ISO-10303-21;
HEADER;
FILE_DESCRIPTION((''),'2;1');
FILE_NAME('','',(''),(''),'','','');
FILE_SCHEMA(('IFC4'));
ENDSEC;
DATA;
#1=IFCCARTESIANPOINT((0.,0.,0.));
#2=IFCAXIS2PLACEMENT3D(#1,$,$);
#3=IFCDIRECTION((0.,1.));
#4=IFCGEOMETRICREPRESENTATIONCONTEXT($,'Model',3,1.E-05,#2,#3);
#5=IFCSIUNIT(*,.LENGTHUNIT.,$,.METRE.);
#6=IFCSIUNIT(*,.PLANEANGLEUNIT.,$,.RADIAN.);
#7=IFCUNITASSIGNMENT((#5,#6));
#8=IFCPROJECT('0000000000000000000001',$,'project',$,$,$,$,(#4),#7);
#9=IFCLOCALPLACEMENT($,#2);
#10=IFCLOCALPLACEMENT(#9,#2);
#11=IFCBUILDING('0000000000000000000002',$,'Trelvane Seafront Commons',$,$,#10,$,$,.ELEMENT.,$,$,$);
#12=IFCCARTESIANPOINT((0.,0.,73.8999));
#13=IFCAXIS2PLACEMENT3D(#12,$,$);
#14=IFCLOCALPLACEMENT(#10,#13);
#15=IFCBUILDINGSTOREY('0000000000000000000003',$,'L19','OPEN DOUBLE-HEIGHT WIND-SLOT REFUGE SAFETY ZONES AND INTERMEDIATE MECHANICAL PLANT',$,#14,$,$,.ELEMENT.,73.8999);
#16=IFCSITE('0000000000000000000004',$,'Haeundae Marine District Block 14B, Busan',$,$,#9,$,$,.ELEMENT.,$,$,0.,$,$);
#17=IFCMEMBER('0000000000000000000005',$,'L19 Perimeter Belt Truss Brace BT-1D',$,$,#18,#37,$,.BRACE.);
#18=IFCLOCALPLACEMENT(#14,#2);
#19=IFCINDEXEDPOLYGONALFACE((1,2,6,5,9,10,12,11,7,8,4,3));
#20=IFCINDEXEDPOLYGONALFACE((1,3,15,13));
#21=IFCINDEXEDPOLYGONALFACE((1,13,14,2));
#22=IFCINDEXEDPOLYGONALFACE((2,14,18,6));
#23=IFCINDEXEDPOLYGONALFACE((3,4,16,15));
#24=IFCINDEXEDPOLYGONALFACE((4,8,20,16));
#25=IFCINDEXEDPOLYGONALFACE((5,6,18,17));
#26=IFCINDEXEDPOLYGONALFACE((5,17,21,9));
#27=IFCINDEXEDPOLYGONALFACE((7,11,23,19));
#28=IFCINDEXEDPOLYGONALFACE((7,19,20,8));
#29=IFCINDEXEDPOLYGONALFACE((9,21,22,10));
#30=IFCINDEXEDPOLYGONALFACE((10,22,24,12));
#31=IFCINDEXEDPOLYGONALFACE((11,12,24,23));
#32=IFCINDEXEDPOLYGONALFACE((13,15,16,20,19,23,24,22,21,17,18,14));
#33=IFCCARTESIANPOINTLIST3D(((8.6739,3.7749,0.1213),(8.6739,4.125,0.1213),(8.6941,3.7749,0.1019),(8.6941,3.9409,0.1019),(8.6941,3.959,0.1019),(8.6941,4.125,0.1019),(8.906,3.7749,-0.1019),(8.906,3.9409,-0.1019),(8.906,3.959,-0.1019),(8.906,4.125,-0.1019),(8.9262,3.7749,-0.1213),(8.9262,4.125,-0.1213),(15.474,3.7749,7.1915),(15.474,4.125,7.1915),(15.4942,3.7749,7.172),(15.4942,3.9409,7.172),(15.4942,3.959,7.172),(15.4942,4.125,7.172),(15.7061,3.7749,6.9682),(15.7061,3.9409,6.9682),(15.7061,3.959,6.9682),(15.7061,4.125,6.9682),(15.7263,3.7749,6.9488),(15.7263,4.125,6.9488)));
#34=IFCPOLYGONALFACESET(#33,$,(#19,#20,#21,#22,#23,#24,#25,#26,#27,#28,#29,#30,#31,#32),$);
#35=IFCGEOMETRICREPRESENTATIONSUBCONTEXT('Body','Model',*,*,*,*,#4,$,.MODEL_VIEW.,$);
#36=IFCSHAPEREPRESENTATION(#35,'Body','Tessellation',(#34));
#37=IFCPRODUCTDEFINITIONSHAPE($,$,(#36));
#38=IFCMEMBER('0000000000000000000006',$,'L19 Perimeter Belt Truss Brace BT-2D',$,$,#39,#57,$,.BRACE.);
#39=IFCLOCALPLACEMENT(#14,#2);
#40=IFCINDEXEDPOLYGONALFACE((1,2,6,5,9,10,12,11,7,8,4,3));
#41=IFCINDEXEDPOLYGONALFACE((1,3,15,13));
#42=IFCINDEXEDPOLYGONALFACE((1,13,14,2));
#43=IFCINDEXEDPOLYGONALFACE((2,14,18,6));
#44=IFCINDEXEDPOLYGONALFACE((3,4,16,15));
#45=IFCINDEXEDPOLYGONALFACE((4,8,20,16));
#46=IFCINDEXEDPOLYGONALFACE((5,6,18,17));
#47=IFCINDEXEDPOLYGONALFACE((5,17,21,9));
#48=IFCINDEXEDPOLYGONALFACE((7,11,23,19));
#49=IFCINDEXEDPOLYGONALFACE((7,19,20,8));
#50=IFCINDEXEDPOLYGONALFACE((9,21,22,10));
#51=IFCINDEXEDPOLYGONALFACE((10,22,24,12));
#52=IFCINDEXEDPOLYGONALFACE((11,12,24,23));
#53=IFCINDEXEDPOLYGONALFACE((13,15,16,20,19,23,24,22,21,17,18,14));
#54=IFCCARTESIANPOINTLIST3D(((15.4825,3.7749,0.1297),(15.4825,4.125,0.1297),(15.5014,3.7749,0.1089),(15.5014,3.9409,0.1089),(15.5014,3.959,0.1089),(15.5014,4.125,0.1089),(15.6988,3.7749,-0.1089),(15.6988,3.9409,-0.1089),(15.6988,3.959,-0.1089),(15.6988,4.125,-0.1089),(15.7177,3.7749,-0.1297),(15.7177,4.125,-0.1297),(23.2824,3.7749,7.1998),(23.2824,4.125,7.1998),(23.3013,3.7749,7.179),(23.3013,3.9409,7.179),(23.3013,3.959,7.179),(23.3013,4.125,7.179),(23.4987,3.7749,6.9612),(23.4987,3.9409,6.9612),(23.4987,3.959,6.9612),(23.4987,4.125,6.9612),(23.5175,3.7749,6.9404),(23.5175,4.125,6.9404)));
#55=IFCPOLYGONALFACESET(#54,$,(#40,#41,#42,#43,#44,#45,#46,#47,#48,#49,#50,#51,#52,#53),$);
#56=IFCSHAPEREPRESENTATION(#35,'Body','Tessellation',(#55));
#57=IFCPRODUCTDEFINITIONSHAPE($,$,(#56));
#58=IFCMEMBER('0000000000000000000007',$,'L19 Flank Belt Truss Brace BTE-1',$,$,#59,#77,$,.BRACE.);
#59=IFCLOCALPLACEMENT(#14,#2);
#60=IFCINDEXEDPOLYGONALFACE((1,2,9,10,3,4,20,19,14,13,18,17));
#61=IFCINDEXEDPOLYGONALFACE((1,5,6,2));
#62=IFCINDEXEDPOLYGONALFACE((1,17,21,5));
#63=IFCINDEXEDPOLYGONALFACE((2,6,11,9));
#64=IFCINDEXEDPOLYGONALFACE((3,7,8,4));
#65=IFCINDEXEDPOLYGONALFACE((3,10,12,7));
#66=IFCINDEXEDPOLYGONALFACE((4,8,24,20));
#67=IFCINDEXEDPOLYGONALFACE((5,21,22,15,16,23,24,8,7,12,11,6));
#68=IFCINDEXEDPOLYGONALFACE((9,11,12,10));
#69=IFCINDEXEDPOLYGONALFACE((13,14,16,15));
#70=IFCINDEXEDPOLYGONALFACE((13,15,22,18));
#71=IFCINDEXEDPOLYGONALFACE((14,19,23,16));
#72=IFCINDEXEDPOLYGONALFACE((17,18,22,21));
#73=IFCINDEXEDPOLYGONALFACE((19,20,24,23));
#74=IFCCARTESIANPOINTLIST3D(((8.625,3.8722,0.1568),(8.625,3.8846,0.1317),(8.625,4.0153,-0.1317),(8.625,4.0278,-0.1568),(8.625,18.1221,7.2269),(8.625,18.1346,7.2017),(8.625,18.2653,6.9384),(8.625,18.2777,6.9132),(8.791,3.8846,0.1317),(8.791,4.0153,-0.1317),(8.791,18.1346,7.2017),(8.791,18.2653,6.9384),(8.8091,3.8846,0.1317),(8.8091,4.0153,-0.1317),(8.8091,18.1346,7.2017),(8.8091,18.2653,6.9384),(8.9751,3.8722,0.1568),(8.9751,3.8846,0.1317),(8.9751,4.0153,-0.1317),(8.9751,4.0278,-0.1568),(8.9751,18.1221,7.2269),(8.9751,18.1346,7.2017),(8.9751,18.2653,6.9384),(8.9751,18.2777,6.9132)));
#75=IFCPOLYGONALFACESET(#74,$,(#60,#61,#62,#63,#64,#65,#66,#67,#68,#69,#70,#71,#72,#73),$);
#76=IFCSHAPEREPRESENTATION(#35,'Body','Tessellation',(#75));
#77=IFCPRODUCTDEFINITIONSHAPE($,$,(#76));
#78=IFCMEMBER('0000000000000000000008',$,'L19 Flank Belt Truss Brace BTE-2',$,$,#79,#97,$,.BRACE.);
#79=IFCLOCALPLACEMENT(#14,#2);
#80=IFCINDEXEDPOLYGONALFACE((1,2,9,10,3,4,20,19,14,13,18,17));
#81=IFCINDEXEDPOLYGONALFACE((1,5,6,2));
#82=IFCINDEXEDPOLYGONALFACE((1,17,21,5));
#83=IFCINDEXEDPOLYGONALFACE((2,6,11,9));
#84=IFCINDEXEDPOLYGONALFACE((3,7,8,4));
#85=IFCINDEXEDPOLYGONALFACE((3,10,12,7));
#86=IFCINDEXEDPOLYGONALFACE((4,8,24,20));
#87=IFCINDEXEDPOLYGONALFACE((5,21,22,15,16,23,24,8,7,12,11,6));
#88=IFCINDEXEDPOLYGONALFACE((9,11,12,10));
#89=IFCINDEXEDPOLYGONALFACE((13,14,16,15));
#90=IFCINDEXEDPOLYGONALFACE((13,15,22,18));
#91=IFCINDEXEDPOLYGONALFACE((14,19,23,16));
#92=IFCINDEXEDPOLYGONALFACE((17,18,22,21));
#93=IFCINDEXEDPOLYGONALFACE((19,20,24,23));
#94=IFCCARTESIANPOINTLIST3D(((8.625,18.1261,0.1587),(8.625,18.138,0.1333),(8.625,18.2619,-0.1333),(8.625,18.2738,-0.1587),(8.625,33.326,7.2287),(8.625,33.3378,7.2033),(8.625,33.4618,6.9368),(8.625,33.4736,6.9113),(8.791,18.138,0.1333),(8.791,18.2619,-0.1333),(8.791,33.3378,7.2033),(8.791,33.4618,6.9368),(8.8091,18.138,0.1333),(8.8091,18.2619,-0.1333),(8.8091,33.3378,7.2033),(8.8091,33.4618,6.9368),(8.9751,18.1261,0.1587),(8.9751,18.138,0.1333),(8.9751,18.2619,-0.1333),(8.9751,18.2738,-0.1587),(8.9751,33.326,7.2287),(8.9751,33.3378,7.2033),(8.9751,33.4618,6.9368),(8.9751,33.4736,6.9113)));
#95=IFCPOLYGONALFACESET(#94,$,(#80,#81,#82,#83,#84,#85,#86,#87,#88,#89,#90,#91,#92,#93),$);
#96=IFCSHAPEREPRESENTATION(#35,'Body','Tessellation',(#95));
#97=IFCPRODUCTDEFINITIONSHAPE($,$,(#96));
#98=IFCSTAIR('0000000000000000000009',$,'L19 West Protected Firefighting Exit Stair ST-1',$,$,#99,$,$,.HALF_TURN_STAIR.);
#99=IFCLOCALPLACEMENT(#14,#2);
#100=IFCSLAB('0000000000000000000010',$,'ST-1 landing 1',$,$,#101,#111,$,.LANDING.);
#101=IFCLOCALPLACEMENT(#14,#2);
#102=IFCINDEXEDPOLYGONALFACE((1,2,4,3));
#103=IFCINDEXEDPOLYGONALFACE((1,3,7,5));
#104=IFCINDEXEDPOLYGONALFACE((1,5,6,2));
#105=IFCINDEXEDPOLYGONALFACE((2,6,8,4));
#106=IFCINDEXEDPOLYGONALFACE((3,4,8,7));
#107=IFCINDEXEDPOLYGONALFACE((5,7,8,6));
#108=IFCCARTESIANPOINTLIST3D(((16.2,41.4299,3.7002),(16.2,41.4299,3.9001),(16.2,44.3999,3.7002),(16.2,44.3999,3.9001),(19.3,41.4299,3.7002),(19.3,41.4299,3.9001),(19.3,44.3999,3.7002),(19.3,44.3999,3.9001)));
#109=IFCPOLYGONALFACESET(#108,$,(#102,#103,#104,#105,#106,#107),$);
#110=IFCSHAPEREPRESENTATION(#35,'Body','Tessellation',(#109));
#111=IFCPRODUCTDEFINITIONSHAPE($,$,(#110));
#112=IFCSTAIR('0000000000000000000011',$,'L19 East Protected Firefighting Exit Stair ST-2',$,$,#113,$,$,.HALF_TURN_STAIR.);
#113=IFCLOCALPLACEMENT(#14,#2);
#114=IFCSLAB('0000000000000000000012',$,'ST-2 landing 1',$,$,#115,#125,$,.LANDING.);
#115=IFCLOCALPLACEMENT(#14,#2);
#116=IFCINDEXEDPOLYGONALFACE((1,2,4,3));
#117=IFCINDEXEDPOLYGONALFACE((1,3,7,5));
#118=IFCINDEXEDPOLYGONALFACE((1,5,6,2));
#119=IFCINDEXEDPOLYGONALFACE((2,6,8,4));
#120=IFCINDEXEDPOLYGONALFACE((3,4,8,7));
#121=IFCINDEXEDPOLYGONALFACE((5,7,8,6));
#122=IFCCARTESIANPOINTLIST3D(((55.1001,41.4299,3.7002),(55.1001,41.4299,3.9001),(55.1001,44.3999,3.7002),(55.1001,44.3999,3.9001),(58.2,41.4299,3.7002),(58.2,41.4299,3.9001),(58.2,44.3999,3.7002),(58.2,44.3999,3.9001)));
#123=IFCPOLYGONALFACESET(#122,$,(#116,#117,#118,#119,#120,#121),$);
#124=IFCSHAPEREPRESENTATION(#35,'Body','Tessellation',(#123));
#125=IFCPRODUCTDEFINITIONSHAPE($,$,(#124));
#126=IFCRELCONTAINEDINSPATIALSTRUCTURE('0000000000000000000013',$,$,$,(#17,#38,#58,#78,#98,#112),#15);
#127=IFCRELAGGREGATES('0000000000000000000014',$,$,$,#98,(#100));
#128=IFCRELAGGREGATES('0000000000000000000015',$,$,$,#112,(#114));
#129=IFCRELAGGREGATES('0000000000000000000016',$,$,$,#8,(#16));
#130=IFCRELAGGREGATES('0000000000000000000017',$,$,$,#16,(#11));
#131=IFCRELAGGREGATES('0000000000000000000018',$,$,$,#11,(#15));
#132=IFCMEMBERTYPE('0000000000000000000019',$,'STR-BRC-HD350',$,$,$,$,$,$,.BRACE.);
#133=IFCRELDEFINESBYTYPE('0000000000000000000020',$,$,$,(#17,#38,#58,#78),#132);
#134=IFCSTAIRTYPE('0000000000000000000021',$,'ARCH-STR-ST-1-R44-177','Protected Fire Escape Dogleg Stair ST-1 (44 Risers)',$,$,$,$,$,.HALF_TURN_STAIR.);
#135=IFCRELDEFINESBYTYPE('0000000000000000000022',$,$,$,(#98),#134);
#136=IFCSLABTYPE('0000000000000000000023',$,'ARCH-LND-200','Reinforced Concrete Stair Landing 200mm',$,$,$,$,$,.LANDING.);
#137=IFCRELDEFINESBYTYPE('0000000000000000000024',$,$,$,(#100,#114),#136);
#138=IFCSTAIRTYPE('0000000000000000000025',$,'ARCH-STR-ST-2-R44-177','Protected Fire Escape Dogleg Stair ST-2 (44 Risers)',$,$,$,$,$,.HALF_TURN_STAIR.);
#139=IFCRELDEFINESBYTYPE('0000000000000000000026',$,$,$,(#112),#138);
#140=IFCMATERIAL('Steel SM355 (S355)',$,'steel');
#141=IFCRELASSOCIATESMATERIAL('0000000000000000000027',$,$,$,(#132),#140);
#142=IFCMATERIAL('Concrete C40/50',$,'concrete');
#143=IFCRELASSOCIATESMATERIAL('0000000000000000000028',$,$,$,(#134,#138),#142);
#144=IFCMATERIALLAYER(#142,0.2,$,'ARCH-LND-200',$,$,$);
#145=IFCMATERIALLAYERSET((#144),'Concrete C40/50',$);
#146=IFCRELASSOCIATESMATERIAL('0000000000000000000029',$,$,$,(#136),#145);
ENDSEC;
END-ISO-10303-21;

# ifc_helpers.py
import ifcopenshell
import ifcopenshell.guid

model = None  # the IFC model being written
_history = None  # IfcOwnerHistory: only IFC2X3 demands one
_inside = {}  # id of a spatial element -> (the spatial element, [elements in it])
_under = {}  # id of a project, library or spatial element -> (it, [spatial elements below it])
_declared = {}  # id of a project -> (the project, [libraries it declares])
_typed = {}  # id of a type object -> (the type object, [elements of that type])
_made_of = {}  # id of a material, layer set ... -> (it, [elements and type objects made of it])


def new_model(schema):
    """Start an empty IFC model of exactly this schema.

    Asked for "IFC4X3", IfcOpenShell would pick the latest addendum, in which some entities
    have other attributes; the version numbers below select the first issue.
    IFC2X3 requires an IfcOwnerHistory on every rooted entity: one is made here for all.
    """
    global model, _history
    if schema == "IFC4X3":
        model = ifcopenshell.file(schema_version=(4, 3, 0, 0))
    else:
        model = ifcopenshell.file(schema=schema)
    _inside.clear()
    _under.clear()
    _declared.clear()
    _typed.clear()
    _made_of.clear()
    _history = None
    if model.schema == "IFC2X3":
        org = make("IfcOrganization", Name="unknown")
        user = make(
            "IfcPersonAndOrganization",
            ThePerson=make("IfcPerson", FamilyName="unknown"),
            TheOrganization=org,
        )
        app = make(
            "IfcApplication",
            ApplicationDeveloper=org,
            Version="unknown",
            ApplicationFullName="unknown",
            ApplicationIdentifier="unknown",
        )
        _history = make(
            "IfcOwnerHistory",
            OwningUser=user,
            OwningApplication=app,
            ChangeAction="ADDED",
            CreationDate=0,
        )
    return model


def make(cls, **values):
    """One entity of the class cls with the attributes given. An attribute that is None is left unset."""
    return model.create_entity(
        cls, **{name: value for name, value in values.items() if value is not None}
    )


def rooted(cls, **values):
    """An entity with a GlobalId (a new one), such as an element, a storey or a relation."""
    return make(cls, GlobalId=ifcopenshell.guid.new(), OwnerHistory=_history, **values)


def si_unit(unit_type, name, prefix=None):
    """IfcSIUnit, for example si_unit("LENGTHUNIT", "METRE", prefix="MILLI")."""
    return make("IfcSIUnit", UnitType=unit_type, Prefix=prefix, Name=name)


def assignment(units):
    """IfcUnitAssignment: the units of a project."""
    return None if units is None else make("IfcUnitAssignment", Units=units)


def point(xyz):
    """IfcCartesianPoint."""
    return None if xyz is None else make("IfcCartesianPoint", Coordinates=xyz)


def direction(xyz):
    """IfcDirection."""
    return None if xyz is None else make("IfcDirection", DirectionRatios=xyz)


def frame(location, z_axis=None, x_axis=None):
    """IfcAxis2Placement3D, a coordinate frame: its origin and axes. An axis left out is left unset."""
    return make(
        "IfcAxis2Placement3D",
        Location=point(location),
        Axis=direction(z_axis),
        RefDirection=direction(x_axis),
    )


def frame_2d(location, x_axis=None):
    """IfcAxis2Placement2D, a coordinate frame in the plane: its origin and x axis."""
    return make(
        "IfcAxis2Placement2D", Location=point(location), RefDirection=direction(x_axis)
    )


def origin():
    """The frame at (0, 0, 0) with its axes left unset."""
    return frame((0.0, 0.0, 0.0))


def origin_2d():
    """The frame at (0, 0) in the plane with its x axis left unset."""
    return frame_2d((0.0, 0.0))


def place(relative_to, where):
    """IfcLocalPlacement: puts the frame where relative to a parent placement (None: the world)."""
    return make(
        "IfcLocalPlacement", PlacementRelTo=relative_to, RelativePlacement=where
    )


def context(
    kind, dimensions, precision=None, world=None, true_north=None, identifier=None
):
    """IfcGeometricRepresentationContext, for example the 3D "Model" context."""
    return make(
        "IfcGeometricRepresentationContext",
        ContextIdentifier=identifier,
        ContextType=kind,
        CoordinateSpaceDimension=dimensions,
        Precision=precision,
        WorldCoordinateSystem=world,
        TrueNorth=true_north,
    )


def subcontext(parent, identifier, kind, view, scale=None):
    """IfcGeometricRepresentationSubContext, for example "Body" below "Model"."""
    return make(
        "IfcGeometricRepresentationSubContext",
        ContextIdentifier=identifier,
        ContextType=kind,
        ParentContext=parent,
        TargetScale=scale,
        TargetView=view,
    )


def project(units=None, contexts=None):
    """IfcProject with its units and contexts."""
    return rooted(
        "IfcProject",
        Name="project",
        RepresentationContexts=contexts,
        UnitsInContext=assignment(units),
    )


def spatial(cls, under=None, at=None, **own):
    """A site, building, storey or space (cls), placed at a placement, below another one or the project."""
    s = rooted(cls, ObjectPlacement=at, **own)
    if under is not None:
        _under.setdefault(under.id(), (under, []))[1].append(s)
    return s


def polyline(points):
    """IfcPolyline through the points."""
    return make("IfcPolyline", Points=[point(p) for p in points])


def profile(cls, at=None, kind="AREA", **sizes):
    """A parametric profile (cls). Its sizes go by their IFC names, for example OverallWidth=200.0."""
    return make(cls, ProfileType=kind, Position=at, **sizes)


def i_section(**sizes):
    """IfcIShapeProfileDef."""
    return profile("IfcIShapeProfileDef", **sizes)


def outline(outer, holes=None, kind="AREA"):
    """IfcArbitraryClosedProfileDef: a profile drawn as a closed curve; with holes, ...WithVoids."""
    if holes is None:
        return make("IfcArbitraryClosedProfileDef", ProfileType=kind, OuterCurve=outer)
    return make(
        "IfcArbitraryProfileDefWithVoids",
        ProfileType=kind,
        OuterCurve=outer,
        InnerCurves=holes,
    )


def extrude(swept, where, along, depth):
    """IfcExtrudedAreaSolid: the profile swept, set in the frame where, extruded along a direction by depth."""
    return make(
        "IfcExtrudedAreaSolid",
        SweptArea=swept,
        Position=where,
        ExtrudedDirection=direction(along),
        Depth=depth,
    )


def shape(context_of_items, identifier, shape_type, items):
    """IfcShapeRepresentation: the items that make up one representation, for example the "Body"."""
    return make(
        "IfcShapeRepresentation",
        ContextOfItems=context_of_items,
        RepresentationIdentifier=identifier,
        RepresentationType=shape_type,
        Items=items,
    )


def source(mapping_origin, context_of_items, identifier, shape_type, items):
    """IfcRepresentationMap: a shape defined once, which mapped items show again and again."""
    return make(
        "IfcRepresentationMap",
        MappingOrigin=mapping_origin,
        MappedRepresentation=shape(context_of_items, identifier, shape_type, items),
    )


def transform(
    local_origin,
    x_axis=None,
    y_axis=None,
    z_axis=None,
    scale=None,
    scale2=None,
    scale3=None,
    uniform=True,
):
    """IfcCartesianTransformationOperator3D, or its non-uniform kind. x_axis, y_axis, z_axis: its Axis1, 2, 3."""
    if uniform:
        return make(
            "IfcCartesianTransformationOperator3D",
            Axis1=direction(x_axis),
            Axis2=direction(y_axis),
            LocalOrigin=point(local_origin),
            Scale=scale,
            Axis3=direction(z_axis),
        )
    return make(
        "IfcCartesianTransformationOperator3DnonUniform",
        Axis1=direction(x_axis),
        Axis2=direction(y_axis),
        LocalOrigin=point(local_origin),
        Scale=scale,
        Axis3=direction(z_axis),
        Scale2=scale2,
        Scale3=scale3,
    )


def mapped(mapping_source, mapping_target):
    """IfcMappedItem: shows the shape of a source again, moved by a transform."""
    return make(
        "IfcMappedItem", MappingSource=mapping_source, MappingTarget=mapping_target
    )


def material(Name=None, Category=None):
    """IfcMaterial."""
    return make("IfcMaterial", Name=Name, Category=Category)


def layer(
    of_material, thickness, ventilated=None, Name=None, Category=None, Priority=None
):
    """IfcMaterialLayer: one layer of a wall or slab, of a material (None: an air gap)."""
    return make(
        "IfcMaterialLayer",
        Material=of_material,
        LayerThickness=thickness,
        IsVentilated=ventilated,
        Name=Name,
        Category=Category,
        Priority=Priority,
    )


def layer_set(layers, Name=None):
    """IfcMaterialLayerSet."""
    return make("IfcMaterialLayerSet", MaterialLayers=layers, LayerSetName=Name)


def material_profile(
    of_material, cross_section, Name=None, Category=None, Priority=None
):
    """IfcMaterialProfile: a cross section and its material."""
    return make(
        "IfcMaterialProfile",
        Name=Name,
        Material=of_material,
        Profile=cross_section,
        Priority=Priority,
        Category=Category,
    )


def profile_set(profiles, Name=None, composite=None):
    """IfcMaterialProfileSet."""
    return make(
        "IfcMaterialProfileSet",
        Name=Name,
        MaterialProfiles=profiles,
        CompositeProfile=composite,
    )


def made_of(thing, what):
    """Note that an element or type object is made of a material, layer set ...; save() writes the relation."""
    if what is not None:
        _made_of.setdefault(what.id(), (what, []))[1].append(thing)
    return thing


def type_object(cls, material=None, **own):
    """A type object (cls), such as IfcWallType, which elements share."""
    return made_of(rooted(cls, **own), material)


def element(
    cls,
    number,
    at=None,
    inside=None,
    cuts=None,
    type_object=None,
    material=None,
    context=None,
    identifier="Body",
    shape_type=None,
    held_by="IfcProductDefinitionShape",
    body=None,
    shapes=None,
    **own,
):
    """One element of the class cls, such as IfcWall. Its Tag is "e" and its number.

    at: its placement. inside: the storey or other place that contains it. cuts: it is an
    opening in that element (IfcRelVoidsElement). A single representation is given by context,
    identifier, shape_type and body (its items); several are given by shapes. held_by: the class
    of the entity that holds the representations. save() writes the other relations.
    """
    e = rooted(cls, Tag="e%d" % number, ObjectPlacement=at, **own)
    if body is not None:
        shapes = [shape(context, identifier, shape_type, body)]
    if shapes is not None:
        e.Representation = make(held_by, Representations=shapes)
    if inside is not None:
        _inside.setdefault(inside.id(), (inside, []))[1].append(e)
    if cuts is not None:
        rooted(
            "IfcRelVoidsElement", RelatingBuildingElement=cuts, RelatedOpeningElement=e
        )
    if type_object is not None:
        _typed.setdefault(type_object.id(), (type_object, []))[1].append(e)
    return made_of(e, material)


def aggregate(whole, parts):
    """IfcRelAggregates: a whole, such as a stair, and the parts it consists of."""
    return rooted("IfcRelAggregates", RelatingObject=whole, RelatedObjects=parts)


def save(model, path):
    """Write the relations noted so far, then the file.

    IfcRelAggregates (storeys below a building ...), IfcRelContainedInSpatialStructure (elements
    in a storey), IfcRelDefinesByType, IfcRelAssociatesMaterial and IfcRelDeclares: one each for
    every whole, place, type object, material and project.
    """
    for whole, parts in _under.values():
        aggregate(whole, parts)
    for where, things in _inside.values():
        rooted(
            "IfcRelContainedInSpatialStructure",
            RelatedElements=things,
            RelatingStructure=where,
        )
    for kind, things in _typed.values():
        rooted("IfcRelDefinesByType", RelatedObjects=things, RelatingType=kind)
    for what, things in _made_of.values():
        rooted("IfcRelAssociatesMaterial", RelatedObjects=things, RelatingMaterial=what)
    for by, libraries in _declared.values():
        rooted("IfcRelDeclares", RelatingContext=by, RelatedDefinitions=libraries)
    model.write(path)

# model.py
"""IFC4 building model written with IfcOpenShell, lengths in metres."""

from ifc_helpers import new_model, si_unit, direction, frame, origin, origin_2d, place, context, subcontext, project, spatial, polyline, i_section, outline, extrude, source, transform, mapped, material, layer, layer_set, material_profile, profile_set, type_object, element, aggregate, save


model = new_model("IFC4")

# Units and contexts
model_context = context("Model", 3, precision=1e-05, world=origin(), true_north=direction((0.0, 1.0)))
body_context = subcontext(model_context, "Body", "Model", "MODEL_VIEW")
ifc_project = project(units=[si_unit("LENGTHUNIT", "METRE"), si_unit("PLANEANGLEUNIT", "RADIAN")], contexts=[model_context])

# Site, building, storey
site_placement = place(None, origin())
site = spatial("IfcSite", under=ifc_project, at=site_placement, Name="Haeundae Marine District Block 14B, Busan", CompositionType="ELEMENT", RefElevation=0.0)
building_placement = place(site_placement, origin())
building = spatial("IfcBuilding", under=site, at=building_placement, Name="Trelvane Seafront Commons", CompositionType="ELEMENT")
storey_placement = place(building_placement, frame((0.0, 0.0, 73.8999)))
storey = spatial("IfcBuildingStorey", under=building, at=storey_placement, Name="L19", Description="OPEN DOUBLE-HEIGHT WIND-SLOT REFUGE SAFETY ZONES AND INTERMEDIATE MECHANICAL PLANT", CompositionType="ELEMENT", Elevation=73.8999)

# Shared definitions
ifc_material_1 = material(Name="Steel SM355 (S355)", Category="steel")

# Members
ifc_material_profile_1 = material_profile(ifc_material_1, i_section(OverallWidth=0.3501, OverallDepth=0.3501, WebThickness=0.0181, FlangeThickness=0.0281, at=origin_2d()), Name="HD-350x350x18x28")
ifc_profile_set_1 = profile_set([ifc_material_profile_1], Name="Steel SM355 (S355)")
member_type_1 = type_object("IfcMemberType", Name="STR-BRC-HD350", PredefinedType="BRACE", material=ifc_profile_set_1)
shared_shape_1 = source(origin(), body_context, "Body", "SweptSolid", [
    extrude(i_section(OverallWidth=0.3501, OverallDepth=0.3501, WebThickness=0.0181, FlangeThickness=0.0281, at=origin_2d()), origin(), (0.0, 0.0, 1.0), 9.8096),
])
member_1_placement = place(storey_placement, frame((8.8, 3.95, 0.0), z_axis=(0.69321, 0.0, 0.720736), x_axis=(0.0, 1.0, 0.0)))
element("IfcMember", 1, at=member_1_placement, inside=storey, type_object=member_type_1, Name="L19 Perimeter Belt Truss Brace BT-1D", PredefinedType="BRACE", context=body_context, shape_type="MappedRepresentation", body=[
    mapped(shared_shape_1, transform((0.0, 0.0, 0.0), x_axis=(1.0, 0.0, 0.0), y_axis=(0.0, 1.0, 0.0), z_axis=(0.0, 0.0, 1.0), scale=1.0)),
])
shared_shape_2 = source(origin(), body_context, "Body", "SweptSolid", [
    extrude(i_section(OverallWidth=0.3501, OverallDepth=0.3501, WebThickness=0.0181, FlangeThickness=0.0281, at=origin_2d()), origin(), (0.0, 0.0, 1.0), 10.5273),
])
member_2_placement = place(storey_placement, frame((15.6001, 3.95, 0.0), z_axis=(0.740916, 0.0, 0.671597), x_axis=(0.0, 1.0, 0.0)))
element("IfcMember", 2, at=member_2_placement, inside=storey, type_object=member_type_1, Name="L19 Perimeter Belt Truss Brace BT-2D", PredefinedType="BRACE", context=body_context, shape_type="MappedRepresentation", body=[
    mapped(shared_shape_2, transform((0.0, 0.0, 0.0), x_axis=(1.0, 0.0, 0.0), y_axis=(0.0, 1.0, 0.0), z_axis=(0.0, 0.0, 1.0), scale=1.0)),
])
shared_shape_3 = source(origin(), body_context, "Body", "SweptSolid", [
    extrude(i_section(OverallWidth=0.3501, OverallDepth=0.3501, WebThickness=0.0181, FlangeThickness=0.0281, at=origin_2d()), origin(), (0.0, 0.0, 1.0), 15.9075),
])
member_3_placement = place(storey_placement, frame((8.8, 3.95, 0.0), z_axis=(0.0, 0.895804, 0.444449), x_axis=(-1.0, 0.0, 0.0)))
element("IfcMember", 3, at=member_3_placement, inside=storey, type_object=member_type_1, Name="L19 Flank Belt Truss Brace BTE-1", PredefinedType="BRACE", context=body_context, shape_type="MappedRepresentation", body=[
    mapped(shared_shape_3, transform((0.0, 0.0, 0.0), x_axis=(1.0, 0.0, 0.0), y_axis=(0.0, 1.0, 0.0), z_axis=(0.0, 0.0, 1.0), scale=1.0)),
])
shared_shape_4 = source(origin(), body_context, "Body", "SweptSolid", [
    extrude(i_section(OverallWidth=0.3501, OverallDepth=0.3501, WebThickness=0.0181, FlangeThickness=0.0281, at=origin_2d()), origin(), (0.0, 0.0, 1.0), 16.7637),
])
member_4_placement = place(storey_placement, frame((8.8, 18.2, 0.0), z_axis=(0.0, 0.906714, 0.421747), x_axis=(-1.0, 0.0, 0.0)))
element("IfcMember", 4, at=member_4_placement, inside=storey, type_object=member_type_1, Name="L19 Flank Belt Truss Brace BTE-2", PredefinedType="BRACE", context=body_context, shape_type="MappedRepresentation", body=[
    mapped(shared_shape_4, transform((0.0, 0.0, 0.0), x_axis=(1.0, 0.0, 0.0), y_axis=(0.0, 1.0, 0.0), z_axis=(0.0, 0.0, 1.0), scale=1.0)),
])

# Stairs, slabs
ifc_material_2 = material(Name="Concrete C40/50", Category="concrete")
stair_type_1 = type_object("IfcStairType", Name="ARCH-STR-ST-1-R44-177", Description="Protected Fire Escape Dogleg Stair ST-1 (44 Risers)", PredefinedType="HALF_TURN_STAIR", material=ifc_material_2)
stair_1_placement = place(storey_placement, origin())
stair_1 = element("IfcStair", 5, at=stair_1_placement, inside=storey, type_object=stair_type_1, Name="L19 West Protected Firefighting Exit Stair ST-1", PredefinedType="HALF_TURN_STAIR")
ifc_layer_1 = layer(ifc_material_2, 0.2, Name="ARCH-LND-200")
ifc_layer_set_1 = layer_set([ifc_layer_1], Name="Concrete C40/50")
slab_type_1 = type_object("IfcSlabType", Name="ARCH-LND-200", Description="Reinforced Concrete Stair Landing 200mm", PredefinedType="LANDING", material=ifc_layer_set_1)
slab_1_placement = place(storey_placement, frame((0.0, 0.0, 3.7002)))
slab_1 = element("IfcSlab", 6, at=slab_1_placement, type_object=slab_type_1, Name="ST-1 landing 1", PredefinedType="LANDING", context=body_context, shape_type="SweptSolid", body=[
    extrude(outline(polyline([(19.3, 41.4299), (19.3, 44.3999), (16.2, 44.3999), (16.2, 41.4299), (19.3, 41.4299)])), origin(), (0.0, 0.0, 1.0), 0.2),
])
aggregate(stair_1, [slab_1])
stair_type_2 = type_object("IfcStairType", Name="ARCH-STR-ST-2-R44-177", Description="Protected Fire Escape Dogleg Stair ST-2 (44 Risers)", PredefinedType="HALF_TURN_STAIR", material=ifc_material_2)
stair_2_placement = place(storey_placement, origin())
stair_2 = element("IfcStair", 7, at=stair_2_placement, inside=storey, type_object=stair_type_2, Name="L19 East Protected Firefighting Exit Stair ST-2", PredefinedType="HALF_TURN_STAIR")
slab_2_placement = place(storey_placement, frame((0.0, 0.0, 3.7002)))
slab_2 = element("IfcSlab", 8, at=slab_2_placement, type_object=slab_type_1, Name="ST-2 landing 1", PredefinedType="LANDING", context=body_context, shape_type="SweptSolid", body=[
    extrude(outline(polyline([(58.2, 41.4299), (58.2, 44.3999), (55.1001, 44.3999), (55.1001, 41.4299), (58.2, 41.4299)])), origin(), (0.0, 0.0, 1.0), 0.2),
])
aggregate(stair_2, [slab_2])

save(model, "model.ifc")
